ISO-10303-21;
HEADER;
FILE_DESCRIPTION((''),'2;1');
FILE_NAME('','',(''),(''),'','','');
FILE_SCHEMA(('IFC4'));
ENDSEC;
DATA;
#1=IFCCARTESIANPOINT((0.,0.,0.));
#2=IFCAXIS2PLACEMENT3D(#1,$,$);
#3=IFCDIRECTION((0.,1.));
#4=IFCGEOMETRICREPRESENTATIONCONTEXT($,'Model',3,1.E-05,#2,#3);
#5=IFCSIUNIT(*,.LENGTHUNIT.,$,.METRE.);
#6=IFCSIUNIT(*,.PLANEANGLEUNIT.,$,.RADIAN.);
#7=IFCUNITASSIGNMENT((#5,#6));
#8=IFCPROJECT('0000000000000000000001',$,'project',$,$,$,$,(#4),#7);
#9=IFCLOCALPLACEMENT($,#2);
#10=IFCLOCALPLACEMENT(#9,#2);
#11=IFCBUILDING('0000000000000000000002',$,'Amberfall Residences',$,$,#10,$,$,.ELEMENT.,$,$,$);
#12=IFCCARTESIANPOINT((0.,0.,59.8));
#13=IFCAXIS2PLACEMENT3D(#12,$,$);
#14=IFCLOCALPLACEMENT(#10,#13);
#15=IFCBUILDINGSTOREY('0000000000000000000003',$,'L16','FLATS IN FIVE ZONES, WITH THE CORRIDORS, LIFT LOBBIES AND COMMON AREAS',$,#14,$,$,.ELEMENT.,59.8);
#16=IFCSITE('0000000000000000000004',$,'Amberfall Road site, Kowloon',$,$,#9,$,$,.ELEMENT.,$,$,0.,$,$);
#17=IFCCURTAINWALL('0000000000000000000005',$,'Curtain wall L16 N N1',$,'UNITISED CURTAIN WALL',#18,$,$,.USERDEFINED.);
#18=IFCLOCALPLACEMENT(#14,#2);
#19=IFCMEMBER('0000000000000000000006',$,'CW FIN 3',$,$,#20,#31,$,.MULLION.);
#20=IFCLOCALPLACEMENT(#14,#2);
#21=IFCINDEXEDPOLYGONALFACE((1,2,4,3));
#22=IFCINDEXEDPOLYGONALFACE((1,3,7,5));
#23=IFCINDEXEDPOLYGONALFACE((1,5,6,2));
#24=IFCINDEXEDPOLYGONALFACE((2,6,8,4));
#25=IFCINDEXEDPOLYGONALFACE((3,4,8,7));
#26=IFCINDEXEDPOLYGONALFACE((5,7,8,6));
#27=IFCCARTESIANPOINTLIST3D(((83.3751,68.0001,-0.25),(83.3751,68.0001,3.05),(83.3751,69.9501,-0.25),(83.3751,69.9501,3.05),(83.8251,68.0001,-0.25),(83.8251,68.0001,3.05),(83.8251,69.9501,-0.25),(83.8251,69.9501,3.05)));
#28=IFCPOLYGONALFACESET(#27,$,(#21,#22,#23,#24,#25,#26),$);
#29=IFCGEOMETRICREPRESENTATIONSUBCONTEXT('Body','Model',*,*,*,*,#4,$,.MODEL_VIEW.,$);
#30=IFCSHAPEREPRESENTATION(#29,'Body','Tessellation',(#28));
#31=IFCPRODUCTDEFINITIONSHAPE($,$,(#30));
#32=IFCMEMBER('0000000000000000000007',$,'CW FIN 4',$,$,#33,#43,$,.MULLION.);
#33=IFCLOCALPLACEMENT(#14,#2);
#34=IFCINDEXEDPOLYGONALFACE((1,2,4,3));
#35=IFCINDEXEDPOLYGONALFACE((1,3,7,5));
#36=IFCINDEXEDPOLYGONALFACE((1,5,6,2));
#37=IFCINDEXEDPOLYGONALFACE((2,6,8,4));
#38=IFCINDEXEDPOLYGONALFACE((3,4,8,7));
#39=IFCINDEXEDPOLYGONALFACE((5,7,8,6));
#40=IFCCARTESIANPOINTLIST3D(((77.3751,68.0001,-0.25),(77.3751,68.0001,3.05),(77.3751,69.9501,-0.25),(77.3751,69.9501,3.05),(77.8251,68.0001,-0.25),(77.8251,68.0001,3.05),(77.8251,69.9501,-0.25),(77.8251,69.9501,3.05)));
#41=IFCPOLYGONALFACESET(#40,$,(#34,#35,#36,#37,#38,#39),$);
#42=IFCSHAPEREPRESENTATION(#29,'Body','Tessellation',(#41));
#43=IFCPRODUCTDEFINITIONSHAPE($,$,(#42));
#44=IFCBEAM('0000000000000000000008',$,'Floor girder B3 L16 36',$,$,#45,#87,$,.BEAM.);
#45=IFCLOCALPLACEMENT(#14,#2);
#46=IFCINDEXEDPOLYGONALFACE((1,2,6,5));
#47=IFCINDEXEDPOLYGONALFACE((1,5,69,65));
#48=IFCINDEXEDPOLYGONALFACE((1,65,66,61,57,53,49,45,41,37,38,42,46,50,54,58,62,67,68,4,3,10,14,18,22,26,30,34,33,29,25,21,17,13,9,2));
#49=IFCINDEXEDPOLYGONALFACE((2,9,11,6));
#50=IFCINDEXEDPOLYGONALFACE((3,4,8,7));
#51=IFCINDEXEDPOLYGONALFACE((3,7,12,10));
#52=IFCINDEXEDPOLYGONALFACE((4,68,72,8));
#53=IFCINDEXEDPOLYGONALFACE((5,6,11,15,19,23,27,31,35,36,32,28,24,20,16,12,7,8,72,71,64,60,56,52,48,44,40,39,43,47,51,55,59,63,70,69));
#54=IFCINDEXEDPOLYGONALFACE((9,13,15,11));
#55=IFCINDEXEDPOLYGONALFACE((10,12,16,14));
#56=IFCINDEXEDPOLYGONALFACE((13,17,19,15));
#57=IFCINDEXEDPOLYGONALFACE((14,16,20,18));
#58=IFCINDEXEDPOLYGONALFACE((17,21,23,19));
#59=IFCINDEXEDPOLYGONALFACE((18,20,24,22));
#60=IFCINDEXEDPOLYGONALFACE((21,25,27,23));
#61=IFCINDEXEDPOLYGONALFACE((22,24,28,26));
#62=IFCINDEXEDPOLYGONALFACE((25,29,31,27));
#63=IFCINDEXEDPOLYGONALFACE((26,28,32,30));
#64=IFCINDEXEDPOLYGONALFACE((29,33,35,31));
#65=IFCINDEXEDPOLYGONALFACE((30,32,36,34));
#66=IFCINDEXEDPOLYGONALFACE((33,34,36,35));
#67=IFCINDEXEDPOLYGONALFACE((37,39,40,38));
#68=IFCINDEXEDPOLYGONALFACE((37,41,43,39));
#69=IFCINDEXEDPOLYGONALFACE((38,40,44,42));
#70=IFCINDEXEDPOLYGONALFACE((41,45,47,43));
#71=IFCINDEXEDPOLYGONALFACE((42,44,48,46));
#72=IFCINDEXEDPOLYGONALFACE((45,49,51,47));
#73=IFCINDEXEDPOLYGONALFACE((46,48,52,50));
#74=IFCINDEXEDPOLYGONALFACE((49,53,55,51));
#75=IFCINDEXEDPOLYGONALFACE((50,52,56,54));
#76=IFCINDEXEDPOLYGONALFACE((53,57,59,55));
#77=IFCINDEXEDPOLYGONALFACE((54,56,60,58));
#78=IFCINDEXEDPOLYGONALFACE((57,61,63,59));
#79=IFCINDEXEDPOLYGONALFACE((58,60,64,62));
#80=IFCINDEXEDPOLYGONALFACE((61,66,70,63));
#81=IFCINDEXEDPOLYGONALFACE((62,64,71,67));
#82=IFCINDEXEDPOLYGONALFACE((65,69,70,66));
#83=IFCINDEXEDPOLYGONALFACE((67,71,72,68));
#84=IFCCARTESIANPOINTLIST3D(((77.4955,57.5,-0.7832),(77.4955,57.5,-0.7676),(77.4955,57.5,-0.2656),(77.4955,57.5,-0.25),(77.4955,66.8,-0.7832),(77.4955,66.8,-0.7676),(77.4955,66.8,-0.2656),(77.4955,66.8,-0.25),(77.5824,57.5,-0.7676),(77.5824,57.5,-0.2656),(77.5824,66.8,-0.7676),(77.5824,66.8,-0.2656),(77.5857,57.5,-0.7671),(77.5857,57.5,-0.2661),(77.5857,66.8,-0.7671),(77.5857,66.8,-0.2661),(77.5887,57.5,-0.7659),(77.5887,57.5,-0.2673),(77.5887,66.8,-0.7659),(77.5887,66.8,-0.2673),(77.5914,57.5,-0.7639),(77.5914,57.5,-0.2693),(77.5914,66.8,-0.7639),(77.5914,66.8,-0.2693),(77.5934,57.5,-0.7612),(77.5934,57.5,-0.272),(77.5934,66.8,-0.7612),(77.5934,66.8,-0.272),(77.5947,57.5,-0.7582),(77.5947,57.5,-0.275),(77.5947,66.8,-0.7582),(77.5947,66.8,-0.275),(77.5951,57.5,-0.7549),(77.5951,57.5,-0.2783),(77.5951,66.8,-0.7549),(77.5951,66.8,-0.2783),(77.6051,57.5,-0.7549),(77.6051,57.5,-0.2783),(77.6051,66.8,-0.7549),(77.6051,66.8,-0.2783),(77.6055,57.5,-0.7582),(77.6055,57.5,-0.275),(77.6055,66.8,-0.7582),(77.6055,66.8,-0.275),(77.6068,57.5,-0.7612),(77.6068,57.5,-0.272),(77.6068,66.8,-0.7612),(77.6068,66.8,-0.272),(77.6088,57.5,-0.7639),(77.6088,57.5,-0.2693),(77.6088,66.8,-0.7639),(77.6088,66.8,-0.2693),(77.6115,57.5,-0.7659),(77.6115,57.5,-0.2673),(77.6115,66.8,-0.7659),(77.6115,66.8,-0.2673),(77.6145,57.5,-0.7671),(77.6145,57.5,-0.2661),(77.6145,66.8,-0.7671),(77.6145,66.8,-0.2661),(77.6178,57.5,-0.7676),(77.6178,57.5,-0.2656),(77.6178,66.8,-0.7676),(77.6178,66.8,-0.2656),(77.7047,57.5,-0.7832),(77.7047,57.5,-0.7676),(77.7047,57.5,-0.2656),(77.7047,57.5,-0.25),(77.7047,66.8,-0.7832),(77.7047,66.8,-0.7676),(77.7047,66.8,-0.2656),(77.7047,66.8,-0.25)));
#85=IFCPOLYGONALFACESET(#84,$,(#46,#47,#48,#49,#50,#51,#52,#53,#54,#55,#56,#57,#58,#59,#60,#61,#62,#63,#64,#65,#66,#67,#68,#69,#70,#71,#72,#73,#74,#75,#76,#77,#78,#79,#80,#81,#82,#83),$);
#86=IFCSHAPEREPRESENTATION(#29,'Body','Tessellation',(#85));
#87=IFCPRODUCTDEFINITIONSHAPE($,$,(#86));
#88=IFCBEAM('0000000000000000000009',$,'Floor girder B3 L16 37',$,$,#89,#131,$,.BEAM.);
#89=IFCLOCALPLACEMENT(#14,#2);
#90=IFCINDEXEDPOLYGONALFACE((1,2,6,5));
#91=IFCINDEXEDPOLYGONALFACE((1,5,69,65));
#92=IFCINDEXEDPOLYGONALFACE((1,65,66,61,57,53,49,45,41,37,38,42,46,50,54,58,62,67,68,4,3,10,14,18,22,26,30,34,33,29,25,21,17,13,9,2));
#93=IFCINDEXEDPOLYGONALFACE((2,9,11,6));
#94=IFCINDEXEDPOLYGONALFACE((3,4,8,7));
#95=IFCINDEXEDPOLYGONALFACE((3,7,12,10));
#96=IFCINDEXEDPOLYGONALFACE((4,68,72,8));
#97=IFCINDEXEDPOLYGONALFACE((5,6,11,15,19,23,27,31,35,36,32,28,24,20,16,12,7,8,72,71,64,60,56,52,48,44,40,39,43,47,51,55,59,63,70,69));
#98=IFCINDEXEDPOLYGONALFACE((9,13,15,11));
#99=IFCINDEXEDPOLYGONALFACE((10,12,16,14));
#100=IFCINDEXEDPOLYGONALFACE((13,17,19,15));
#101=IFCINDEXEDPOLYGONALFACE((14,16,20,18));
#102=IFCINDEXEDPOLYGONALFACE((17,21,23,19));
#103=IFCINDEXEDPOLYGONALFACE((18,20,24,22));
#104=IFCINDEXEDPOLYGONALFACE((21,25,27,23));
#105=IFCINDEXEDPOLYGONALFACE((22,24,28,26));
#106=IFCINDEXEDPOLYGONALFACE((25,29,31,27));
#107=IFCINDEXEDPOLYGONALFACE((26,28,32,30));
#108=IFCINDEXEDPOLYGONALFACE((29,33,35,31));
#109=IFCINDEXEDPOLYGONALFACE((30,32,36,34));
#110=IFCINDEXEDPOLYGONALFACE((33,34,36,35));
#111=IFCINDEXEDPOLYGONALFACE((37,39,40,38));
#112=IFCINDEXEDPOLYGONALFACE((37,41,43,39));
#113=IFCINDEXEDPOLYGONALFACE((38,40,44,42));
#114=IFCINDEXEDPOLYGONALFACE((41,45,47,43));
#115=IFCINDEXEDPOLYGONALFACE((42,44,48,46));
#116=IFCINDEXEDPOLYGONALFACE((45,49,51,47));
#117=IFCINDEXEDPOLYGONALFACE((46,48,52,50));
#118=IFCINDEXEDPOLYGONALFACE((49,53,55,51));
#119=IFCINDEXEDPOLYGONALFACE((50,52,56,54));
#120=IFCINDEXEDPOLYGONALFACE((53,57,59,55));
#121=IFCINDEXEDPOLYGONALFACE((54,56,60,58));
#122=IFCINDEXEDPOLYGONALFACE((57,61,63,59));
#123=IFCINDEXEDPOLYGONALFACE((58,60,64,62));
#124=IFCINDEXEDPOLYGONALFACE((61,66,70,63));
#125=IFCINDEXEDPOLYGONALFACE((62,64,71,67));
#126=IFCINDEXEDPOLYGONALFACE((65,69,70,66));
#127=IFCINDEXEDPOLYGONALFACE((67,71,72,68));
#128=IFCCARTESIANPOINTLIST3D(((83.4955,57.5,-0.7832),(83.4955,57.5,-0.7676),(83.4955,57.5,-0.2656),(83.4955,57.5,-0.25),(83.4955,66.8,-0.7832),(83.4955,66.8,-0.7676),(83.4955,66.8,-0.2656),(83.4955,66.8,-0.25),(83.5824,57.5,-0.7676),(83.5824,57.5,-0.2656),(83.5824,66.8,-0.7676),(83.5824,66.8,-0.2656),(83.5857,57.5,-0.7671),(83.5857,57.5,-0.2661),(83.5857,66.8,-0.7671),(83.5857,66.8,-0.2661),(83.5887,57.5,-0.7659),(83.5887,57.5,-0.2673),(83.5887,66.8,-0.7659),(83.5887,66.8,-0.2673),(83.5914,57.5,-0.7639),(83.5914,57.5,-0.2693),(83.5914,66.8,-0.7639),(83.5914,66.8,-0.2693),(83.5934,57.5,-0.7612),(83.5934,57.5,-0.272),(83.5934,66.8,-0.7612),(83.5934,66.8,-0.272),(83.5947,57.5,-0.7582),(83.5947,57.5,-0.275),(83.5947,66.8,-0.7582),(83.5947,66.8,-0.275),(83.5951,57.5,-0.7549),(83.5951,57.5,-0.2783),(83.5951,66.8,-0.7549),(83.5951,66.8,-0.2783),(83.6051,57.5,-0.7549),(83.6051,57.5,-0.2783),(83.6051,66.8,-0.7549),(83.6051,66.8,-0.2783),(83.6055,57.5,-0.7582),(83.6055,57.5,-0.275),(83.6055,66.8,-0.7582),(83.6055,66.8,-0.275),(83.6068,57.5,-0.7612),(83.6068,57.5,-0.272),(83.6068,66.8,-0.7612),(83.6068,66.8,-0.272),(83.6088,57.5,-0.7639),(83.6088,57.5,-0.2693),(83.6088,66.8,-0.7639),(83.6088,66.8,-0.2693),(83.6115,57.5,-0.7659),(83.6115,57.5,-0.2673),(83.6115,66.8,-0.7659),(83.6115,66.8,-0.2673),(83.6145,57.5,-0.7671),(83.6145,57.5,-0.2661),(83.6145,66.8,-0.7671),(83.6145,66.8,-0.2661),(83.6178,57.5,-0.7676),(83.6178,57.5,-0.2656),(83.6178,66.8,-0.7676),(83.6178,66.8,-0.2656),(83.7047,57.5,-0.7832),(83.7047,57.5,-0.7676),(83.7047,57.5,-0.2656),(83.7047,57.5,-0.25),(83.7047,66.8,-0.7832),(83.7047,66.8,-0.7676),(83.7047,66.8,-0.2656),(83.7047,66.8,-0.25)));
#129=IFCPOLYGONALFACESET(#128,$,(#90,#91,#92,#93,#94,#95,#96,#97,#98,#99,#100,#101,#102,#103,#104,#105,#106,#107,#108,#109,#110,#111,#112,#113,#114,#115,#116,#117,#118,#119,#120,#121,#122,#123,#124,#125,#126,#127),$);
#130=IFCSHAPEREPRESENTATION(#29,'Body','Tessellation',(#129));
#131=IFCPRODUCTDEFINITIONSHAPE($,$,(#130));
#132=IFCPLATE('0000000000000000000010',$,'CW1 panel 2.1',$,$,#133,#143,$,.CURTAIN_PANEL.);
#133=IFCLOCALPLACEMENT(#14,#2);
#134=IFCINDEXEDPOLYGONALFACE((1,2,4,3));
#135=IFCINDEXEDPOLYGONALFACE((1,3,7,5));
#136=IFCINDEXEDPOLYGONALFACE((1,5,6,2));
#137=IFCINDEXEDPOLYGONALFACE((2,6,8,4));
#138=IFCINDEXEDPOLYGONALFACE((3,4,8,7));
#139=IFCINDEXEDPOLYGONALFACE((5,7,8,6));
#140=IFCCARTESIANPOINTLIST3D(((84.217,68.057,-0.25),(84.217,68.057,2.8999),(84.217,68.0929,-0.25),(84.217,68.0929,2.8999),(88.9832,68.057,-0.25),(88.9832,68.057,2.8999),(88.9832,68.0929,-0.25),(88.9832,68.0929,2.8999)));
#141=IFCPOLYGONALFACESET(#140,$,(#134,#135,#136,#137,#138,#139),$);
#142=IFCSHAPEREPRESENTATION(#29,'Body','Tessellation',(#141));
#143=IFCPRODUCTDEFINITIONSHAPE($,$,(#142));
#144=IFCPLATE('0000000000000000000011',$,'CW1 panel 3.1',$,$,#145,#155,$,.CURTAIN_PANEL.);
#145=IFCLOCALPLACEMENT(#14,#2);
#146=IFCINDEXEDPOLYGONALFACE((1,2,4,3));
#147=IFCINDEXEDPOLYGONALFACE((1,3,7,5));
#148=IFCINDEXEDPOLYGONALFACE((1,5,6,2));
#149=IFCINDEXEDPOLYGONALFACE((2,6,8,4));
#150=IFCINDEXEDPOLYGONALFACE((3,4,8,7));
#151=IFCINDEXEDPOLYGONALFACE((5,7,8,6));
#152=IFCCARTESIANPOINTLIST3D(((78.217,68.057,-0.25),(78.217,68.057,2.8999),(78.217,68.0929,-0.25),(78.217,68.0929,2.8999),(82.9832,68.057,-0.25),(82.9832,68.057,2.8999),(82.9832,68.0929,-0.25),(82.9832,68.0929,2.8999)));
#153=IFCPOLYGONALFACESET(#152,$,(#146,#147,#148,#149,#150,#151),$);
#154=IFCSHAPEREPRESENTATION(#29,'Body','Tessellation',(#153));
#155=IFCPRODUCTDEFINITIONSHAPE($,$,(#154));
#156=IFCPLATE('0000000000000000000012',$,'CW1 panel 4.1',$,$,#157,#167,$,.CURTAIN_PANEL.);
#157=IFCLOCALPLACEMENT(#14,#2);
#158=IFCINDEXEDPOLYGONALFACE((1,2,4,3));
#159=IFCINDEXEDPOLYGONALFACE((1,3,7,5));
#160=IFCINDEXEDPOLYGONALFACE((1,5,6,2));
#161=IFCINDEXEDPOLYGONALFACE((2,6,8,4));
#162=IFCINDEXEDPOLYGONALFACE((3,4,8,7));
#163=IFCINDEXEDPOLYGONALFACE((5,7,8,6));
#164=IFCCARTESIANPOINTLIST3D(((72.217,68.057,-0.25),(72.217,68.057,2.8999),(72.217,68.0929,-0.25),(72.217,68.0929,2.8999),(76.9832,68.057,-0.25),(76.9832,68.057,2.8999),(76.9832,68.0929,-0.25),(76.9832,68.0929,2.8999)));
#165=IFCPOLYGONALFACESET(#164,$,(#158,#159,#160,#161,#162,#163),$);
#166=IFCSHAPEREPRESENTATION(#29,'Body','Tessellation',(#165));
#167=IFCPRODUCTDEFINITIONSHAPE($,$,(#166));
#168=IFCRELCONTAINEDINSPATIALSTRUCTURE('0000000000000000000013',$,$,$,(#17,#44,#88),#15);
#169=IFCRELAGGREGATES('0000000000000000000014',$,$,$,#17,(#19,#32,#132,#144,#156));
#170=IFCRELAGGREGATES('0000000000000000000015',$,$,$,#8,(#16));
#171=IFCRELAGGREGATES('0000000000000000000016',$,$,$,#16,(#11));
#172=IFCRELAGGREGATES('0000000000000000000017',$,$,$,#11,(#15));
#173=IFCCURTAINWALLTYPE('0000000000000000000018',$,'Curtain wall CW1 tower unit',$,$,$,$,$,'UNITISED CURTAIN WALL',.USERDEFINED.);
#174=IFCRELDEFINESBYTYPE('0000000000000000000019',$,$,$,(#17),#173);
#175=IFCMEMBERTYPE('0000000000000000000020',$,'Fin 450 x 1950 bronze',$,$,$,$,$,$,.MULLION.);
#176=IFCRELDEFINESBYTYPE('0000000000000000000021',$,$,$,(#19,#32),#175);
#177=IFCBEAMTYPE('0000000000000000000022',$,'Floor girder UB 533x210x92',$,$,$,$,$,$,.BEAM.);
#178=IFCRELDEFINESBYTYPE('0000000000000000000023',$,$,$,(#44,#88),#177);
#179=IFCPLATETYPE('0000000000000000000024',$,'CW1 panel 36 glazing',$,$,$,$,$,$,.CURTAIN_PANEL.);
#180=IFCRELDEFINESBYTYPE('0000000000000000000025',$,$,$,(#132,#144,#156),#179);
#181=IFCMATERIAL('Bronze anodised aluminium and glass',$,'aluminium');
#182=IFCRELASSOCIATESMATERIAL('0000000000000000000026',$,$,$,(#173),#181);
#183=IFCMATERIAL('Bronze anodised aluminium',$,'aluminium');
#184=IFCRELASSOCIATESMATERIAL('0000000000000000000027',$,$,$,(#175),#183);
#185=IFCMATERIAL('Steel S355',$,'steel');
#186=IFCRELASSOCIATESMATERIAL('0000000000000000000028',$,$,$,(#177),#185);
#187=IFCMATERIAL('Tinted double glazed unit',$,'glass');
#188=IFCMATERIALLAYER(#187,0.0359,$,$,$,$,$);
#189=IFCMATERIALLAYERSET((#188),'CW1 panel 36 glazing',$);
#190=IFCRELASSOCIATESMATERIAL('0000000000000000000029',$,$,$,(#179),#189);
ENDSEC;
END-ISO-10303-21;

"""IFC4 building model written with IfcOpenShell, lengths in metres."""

from ifc_helpers import new_model, si_unit, direction, frame, origin, origin_2d, place, context, subcontext, project, spatial, rectangle, i_section, extrude, material, layer, layer_set, material_profile, profile_set, type_object, element, aggregate, save


model = new_model("IFC4")

# Units and contexts
model_context = context("Model", 3, precision=1e-05, world=origin(), true_north=direction((0.0, 1.0)))
body_context = subcontext(model_context, "Body", "Model", "MODEL_VIEW")
ifc_project = project(units=[si_unit("LENGTHUNIT", "METRE"), si_unit("PLANEANGLEUNIT", "RADIAN")], contexts=[model_context])

# Site, building, storey
site_placement = place(None, origin())
site = spatial("IfcSite", under=ifc_project, at=site_placement, Name="Amberfall Road site, Kowloon", CompositionType="ELEMENT", RefElevation=0.0)
building_placement = place(site_placement, origin())
building = spatial("IfcBuilding", under=site, at=building_placement, Name="Amberfall Residences", CompositionType="ELEMENT")
storey_placement = place(building_placement, frame((0.0, 0.0, 59.8)))
storey = spatial("IfcBuildingStorey", under=building, at=storey_placement, Name="L16", Description="FLATS IN FIVE ZONES, WITH THE CORRIDORS, LIFT LOBBIES AND COMMON AREAS", CompositionType="ELEMENT", Elevation=59.8)

# Curtain wall
ifc_material_1 = material(Name="Bronze anodised aluminium and glass", Category="aluminium")
curtain_wall_type = type_object("IfcCurtainWallType", Name="Curtain wall CW1 tower unit", ElementType="UNITISED CURTAIN WALL", PredefinedType="USERDEFINED", material=ifc_material_1)
curtain_wall_placement = place(storey_placement, origin())
curtain_wall = element("IfcCurtainWall", 1, at=curtain_wall_placement, inside=storey, type_object=curtain_wall_type, Name="Curtain wall L16 N N1", ObjectType="UNITISED CURTAIN WALL", PredefinedType="USERDEFINED")
ifc_material_2 = material(Name="Bronze anodised aluminium", Category="aluminium")

# Shared definitions
ifc_material_3 = material(Name="Steel S355", Category="steel")

# Members
ifc_material_profile_1 = material_profile(ifc_material_2, rectangle(XDim=1.95, YDim=0.45, at=origin_2d()), Name="Fin 450 x 1950 bronze")
ifc_profile_set_1 = profile_set([ifc_material_profile_1], Name="Bronze anodised aluminium")
member_type_1 = type_object("IfcMemberType", Name="Fin 450 x 1950 bronze", PredefinedType="MULLION", material=ifc_profile_set_1)
member_1_placement = place(storey_placement, frame((83.6001, 68.9751, -0.25), z_axis=(0.0, 0.0, 1.0), x_axis=(0.0, -1.0, 0.0)))
member_1 = element("IfcMember", 2, at=member_1_placement, type_object=member_type_1, Name="CW FIN 3", PredefinedType="MULLION", context=body_context, shape_type="SweptSolid", body=[
    extrude(rectangle(XDim=1.95, YDim=0.45, at=origin_2d()), origin(), (0.0, 0.0, 1.0), 3.3),
])
member_2_placement = place(storey_placement, frame((77.6001, 68.9751, -0.25), z_axis=(0.0, 0.0, 1.0), x_axis=(0.0, -1.0, 0.0)))
member_2 = element("IfcMember", 3, at=member_2_placement, type_object=member_type_1, Name="CW FIN 4", PredefinedType="MULLION", context=body_context, shape_type="SweptSolid", body=[
    extrude(rectangle(XDim=1.95, YDim=0.45, at=origin_2d()), origin(), (0.0, 0.0, 1.0), 3.3),
])

# Beams
ifc_material_profile_2 = material_profile(ifc_material_3, i_section(OverallWidth=0.2092, OverallDepth=0.5332, WebThickness=0.01, FlangeThickness=0.0156, FilletRadius=0.0127, at=origin_2d()), Name="UB 533x210x92")
ifc_profile_set_2 = profile_set([ifc_material_profile_2], Name="Steel S355")
beam_type_1 = type_object("IfcBeamType", Name="Floor girder UB 533x210x92", PredefinedType="BEAM", material=ifc_profile_set_2)
for number, where, z_axis, x_axis, name in (
    (4, (77.6001, 66.8, -0.5166), (0.0, -1.0, 0.0), (1.0, 0.0, 0.0), "Floor girder B3 L16 36"),
    (5, (83.6001, 66.8, -0.5166), (0.0, -1.0, 0.0), (1.0, 0.0, 0.0), "Floor girder B3 L16 37"),
):
    element("IfcBeam", number, at=place(storey_placement, frame(where, z_axis=z_axis, x_axis=x_axis)), inside=storey, type_object=beam_type_1, Name=name, PredefinedType="BEAM", context=body_context, shape_type="SweptSolid", body=[
        extrude(i_section(OverallWidth=0.2092, OverallDepth=0.5332, WebThickness=0.01, FlangeThickness=0.0156, FilletRadius=0.0127, at=origin_2d()), origin(), (0.0, 0.0, 1.0), 9.3),
    ])

# Plates
ifc_material_4 = material(Name="Tinted double glazed unit", Category="glass")
ifc_layer_1 = layer(ifc_material_4, 0.0359)
ifc_layer_set_1 = layer_set([ifc_layer_1], Name="CW1 panel 36 glazing")
plate_type = type_object("IfcPlateType", Name="CW1 panel 36 glazing", PredefinedType="CURTAIN_PANEL", material=ifc_layer_set_1)
plate_1_placement = place(storey_placement, frame((86.6001, 68.075, -0.25), z_axis=(0.0, 0.0, 1.0), x_axis=(-1.0, 0.0, 0.0)))
plate_1 = element("IfcPlate", 6, at=plate_1_placement, type_object=plate_type, Name="CW1 panel 2.1", PredefinedType="CURTAIN_PANEL", context=body_context, shape_type="SweptSolid", body=[
    extrude(rectangle(XDim=4.7661, YDim=0.0359, at=origin_2d()), origin(), (0.0, 0.0, 1.0), 3.1499),
])
plate_2_placement = place(storey_placement, frame((80.6001, 68.075, -0.25), z_axis=(0.0, 0.0, 1.0), x_axis=(-1.0, 0.0, 0.0)))
plate_2 = element("IfcPlate", 7, at=plate_2_placement, type_object=plate_type, Name="CW1 panel 3.1", PredefinedType="CURTAIN_PANEL", context=body_context, shape_type="SweptSolid", body=[
    extrude(rectangle(XDim=4.7661, YDim=0.0359, at=origin_2d()), origin(), (0.0, 0.0, 1.0), 3.1499),
])
plate_3_placement = place(storey_placement, frame((74.6001, 68.075, -0.25), z_axis=(0.0, 0.0, 1.0), x_axis=(-1.0, 0.0, 0.0)))
plate_3 = element("IfcPlate", 8, at=plate_3_placement, type_object=plate_type, Name="CW1 panel 4.1", PredefinedType="CURTAIN_PANEL", context=body_context, shape_type="SweptSolid", body=[
    extrude(rectangle(XDim=4.7661, YDim=0.0359, at=origin_2d()), origin(), (0.0, 0.0, 1.0), 3.1499),
])
aggregate(curtain_wall, [member_1, member_2, plate_1, plate_2, plate_3])

save(model, "model.ifc")
